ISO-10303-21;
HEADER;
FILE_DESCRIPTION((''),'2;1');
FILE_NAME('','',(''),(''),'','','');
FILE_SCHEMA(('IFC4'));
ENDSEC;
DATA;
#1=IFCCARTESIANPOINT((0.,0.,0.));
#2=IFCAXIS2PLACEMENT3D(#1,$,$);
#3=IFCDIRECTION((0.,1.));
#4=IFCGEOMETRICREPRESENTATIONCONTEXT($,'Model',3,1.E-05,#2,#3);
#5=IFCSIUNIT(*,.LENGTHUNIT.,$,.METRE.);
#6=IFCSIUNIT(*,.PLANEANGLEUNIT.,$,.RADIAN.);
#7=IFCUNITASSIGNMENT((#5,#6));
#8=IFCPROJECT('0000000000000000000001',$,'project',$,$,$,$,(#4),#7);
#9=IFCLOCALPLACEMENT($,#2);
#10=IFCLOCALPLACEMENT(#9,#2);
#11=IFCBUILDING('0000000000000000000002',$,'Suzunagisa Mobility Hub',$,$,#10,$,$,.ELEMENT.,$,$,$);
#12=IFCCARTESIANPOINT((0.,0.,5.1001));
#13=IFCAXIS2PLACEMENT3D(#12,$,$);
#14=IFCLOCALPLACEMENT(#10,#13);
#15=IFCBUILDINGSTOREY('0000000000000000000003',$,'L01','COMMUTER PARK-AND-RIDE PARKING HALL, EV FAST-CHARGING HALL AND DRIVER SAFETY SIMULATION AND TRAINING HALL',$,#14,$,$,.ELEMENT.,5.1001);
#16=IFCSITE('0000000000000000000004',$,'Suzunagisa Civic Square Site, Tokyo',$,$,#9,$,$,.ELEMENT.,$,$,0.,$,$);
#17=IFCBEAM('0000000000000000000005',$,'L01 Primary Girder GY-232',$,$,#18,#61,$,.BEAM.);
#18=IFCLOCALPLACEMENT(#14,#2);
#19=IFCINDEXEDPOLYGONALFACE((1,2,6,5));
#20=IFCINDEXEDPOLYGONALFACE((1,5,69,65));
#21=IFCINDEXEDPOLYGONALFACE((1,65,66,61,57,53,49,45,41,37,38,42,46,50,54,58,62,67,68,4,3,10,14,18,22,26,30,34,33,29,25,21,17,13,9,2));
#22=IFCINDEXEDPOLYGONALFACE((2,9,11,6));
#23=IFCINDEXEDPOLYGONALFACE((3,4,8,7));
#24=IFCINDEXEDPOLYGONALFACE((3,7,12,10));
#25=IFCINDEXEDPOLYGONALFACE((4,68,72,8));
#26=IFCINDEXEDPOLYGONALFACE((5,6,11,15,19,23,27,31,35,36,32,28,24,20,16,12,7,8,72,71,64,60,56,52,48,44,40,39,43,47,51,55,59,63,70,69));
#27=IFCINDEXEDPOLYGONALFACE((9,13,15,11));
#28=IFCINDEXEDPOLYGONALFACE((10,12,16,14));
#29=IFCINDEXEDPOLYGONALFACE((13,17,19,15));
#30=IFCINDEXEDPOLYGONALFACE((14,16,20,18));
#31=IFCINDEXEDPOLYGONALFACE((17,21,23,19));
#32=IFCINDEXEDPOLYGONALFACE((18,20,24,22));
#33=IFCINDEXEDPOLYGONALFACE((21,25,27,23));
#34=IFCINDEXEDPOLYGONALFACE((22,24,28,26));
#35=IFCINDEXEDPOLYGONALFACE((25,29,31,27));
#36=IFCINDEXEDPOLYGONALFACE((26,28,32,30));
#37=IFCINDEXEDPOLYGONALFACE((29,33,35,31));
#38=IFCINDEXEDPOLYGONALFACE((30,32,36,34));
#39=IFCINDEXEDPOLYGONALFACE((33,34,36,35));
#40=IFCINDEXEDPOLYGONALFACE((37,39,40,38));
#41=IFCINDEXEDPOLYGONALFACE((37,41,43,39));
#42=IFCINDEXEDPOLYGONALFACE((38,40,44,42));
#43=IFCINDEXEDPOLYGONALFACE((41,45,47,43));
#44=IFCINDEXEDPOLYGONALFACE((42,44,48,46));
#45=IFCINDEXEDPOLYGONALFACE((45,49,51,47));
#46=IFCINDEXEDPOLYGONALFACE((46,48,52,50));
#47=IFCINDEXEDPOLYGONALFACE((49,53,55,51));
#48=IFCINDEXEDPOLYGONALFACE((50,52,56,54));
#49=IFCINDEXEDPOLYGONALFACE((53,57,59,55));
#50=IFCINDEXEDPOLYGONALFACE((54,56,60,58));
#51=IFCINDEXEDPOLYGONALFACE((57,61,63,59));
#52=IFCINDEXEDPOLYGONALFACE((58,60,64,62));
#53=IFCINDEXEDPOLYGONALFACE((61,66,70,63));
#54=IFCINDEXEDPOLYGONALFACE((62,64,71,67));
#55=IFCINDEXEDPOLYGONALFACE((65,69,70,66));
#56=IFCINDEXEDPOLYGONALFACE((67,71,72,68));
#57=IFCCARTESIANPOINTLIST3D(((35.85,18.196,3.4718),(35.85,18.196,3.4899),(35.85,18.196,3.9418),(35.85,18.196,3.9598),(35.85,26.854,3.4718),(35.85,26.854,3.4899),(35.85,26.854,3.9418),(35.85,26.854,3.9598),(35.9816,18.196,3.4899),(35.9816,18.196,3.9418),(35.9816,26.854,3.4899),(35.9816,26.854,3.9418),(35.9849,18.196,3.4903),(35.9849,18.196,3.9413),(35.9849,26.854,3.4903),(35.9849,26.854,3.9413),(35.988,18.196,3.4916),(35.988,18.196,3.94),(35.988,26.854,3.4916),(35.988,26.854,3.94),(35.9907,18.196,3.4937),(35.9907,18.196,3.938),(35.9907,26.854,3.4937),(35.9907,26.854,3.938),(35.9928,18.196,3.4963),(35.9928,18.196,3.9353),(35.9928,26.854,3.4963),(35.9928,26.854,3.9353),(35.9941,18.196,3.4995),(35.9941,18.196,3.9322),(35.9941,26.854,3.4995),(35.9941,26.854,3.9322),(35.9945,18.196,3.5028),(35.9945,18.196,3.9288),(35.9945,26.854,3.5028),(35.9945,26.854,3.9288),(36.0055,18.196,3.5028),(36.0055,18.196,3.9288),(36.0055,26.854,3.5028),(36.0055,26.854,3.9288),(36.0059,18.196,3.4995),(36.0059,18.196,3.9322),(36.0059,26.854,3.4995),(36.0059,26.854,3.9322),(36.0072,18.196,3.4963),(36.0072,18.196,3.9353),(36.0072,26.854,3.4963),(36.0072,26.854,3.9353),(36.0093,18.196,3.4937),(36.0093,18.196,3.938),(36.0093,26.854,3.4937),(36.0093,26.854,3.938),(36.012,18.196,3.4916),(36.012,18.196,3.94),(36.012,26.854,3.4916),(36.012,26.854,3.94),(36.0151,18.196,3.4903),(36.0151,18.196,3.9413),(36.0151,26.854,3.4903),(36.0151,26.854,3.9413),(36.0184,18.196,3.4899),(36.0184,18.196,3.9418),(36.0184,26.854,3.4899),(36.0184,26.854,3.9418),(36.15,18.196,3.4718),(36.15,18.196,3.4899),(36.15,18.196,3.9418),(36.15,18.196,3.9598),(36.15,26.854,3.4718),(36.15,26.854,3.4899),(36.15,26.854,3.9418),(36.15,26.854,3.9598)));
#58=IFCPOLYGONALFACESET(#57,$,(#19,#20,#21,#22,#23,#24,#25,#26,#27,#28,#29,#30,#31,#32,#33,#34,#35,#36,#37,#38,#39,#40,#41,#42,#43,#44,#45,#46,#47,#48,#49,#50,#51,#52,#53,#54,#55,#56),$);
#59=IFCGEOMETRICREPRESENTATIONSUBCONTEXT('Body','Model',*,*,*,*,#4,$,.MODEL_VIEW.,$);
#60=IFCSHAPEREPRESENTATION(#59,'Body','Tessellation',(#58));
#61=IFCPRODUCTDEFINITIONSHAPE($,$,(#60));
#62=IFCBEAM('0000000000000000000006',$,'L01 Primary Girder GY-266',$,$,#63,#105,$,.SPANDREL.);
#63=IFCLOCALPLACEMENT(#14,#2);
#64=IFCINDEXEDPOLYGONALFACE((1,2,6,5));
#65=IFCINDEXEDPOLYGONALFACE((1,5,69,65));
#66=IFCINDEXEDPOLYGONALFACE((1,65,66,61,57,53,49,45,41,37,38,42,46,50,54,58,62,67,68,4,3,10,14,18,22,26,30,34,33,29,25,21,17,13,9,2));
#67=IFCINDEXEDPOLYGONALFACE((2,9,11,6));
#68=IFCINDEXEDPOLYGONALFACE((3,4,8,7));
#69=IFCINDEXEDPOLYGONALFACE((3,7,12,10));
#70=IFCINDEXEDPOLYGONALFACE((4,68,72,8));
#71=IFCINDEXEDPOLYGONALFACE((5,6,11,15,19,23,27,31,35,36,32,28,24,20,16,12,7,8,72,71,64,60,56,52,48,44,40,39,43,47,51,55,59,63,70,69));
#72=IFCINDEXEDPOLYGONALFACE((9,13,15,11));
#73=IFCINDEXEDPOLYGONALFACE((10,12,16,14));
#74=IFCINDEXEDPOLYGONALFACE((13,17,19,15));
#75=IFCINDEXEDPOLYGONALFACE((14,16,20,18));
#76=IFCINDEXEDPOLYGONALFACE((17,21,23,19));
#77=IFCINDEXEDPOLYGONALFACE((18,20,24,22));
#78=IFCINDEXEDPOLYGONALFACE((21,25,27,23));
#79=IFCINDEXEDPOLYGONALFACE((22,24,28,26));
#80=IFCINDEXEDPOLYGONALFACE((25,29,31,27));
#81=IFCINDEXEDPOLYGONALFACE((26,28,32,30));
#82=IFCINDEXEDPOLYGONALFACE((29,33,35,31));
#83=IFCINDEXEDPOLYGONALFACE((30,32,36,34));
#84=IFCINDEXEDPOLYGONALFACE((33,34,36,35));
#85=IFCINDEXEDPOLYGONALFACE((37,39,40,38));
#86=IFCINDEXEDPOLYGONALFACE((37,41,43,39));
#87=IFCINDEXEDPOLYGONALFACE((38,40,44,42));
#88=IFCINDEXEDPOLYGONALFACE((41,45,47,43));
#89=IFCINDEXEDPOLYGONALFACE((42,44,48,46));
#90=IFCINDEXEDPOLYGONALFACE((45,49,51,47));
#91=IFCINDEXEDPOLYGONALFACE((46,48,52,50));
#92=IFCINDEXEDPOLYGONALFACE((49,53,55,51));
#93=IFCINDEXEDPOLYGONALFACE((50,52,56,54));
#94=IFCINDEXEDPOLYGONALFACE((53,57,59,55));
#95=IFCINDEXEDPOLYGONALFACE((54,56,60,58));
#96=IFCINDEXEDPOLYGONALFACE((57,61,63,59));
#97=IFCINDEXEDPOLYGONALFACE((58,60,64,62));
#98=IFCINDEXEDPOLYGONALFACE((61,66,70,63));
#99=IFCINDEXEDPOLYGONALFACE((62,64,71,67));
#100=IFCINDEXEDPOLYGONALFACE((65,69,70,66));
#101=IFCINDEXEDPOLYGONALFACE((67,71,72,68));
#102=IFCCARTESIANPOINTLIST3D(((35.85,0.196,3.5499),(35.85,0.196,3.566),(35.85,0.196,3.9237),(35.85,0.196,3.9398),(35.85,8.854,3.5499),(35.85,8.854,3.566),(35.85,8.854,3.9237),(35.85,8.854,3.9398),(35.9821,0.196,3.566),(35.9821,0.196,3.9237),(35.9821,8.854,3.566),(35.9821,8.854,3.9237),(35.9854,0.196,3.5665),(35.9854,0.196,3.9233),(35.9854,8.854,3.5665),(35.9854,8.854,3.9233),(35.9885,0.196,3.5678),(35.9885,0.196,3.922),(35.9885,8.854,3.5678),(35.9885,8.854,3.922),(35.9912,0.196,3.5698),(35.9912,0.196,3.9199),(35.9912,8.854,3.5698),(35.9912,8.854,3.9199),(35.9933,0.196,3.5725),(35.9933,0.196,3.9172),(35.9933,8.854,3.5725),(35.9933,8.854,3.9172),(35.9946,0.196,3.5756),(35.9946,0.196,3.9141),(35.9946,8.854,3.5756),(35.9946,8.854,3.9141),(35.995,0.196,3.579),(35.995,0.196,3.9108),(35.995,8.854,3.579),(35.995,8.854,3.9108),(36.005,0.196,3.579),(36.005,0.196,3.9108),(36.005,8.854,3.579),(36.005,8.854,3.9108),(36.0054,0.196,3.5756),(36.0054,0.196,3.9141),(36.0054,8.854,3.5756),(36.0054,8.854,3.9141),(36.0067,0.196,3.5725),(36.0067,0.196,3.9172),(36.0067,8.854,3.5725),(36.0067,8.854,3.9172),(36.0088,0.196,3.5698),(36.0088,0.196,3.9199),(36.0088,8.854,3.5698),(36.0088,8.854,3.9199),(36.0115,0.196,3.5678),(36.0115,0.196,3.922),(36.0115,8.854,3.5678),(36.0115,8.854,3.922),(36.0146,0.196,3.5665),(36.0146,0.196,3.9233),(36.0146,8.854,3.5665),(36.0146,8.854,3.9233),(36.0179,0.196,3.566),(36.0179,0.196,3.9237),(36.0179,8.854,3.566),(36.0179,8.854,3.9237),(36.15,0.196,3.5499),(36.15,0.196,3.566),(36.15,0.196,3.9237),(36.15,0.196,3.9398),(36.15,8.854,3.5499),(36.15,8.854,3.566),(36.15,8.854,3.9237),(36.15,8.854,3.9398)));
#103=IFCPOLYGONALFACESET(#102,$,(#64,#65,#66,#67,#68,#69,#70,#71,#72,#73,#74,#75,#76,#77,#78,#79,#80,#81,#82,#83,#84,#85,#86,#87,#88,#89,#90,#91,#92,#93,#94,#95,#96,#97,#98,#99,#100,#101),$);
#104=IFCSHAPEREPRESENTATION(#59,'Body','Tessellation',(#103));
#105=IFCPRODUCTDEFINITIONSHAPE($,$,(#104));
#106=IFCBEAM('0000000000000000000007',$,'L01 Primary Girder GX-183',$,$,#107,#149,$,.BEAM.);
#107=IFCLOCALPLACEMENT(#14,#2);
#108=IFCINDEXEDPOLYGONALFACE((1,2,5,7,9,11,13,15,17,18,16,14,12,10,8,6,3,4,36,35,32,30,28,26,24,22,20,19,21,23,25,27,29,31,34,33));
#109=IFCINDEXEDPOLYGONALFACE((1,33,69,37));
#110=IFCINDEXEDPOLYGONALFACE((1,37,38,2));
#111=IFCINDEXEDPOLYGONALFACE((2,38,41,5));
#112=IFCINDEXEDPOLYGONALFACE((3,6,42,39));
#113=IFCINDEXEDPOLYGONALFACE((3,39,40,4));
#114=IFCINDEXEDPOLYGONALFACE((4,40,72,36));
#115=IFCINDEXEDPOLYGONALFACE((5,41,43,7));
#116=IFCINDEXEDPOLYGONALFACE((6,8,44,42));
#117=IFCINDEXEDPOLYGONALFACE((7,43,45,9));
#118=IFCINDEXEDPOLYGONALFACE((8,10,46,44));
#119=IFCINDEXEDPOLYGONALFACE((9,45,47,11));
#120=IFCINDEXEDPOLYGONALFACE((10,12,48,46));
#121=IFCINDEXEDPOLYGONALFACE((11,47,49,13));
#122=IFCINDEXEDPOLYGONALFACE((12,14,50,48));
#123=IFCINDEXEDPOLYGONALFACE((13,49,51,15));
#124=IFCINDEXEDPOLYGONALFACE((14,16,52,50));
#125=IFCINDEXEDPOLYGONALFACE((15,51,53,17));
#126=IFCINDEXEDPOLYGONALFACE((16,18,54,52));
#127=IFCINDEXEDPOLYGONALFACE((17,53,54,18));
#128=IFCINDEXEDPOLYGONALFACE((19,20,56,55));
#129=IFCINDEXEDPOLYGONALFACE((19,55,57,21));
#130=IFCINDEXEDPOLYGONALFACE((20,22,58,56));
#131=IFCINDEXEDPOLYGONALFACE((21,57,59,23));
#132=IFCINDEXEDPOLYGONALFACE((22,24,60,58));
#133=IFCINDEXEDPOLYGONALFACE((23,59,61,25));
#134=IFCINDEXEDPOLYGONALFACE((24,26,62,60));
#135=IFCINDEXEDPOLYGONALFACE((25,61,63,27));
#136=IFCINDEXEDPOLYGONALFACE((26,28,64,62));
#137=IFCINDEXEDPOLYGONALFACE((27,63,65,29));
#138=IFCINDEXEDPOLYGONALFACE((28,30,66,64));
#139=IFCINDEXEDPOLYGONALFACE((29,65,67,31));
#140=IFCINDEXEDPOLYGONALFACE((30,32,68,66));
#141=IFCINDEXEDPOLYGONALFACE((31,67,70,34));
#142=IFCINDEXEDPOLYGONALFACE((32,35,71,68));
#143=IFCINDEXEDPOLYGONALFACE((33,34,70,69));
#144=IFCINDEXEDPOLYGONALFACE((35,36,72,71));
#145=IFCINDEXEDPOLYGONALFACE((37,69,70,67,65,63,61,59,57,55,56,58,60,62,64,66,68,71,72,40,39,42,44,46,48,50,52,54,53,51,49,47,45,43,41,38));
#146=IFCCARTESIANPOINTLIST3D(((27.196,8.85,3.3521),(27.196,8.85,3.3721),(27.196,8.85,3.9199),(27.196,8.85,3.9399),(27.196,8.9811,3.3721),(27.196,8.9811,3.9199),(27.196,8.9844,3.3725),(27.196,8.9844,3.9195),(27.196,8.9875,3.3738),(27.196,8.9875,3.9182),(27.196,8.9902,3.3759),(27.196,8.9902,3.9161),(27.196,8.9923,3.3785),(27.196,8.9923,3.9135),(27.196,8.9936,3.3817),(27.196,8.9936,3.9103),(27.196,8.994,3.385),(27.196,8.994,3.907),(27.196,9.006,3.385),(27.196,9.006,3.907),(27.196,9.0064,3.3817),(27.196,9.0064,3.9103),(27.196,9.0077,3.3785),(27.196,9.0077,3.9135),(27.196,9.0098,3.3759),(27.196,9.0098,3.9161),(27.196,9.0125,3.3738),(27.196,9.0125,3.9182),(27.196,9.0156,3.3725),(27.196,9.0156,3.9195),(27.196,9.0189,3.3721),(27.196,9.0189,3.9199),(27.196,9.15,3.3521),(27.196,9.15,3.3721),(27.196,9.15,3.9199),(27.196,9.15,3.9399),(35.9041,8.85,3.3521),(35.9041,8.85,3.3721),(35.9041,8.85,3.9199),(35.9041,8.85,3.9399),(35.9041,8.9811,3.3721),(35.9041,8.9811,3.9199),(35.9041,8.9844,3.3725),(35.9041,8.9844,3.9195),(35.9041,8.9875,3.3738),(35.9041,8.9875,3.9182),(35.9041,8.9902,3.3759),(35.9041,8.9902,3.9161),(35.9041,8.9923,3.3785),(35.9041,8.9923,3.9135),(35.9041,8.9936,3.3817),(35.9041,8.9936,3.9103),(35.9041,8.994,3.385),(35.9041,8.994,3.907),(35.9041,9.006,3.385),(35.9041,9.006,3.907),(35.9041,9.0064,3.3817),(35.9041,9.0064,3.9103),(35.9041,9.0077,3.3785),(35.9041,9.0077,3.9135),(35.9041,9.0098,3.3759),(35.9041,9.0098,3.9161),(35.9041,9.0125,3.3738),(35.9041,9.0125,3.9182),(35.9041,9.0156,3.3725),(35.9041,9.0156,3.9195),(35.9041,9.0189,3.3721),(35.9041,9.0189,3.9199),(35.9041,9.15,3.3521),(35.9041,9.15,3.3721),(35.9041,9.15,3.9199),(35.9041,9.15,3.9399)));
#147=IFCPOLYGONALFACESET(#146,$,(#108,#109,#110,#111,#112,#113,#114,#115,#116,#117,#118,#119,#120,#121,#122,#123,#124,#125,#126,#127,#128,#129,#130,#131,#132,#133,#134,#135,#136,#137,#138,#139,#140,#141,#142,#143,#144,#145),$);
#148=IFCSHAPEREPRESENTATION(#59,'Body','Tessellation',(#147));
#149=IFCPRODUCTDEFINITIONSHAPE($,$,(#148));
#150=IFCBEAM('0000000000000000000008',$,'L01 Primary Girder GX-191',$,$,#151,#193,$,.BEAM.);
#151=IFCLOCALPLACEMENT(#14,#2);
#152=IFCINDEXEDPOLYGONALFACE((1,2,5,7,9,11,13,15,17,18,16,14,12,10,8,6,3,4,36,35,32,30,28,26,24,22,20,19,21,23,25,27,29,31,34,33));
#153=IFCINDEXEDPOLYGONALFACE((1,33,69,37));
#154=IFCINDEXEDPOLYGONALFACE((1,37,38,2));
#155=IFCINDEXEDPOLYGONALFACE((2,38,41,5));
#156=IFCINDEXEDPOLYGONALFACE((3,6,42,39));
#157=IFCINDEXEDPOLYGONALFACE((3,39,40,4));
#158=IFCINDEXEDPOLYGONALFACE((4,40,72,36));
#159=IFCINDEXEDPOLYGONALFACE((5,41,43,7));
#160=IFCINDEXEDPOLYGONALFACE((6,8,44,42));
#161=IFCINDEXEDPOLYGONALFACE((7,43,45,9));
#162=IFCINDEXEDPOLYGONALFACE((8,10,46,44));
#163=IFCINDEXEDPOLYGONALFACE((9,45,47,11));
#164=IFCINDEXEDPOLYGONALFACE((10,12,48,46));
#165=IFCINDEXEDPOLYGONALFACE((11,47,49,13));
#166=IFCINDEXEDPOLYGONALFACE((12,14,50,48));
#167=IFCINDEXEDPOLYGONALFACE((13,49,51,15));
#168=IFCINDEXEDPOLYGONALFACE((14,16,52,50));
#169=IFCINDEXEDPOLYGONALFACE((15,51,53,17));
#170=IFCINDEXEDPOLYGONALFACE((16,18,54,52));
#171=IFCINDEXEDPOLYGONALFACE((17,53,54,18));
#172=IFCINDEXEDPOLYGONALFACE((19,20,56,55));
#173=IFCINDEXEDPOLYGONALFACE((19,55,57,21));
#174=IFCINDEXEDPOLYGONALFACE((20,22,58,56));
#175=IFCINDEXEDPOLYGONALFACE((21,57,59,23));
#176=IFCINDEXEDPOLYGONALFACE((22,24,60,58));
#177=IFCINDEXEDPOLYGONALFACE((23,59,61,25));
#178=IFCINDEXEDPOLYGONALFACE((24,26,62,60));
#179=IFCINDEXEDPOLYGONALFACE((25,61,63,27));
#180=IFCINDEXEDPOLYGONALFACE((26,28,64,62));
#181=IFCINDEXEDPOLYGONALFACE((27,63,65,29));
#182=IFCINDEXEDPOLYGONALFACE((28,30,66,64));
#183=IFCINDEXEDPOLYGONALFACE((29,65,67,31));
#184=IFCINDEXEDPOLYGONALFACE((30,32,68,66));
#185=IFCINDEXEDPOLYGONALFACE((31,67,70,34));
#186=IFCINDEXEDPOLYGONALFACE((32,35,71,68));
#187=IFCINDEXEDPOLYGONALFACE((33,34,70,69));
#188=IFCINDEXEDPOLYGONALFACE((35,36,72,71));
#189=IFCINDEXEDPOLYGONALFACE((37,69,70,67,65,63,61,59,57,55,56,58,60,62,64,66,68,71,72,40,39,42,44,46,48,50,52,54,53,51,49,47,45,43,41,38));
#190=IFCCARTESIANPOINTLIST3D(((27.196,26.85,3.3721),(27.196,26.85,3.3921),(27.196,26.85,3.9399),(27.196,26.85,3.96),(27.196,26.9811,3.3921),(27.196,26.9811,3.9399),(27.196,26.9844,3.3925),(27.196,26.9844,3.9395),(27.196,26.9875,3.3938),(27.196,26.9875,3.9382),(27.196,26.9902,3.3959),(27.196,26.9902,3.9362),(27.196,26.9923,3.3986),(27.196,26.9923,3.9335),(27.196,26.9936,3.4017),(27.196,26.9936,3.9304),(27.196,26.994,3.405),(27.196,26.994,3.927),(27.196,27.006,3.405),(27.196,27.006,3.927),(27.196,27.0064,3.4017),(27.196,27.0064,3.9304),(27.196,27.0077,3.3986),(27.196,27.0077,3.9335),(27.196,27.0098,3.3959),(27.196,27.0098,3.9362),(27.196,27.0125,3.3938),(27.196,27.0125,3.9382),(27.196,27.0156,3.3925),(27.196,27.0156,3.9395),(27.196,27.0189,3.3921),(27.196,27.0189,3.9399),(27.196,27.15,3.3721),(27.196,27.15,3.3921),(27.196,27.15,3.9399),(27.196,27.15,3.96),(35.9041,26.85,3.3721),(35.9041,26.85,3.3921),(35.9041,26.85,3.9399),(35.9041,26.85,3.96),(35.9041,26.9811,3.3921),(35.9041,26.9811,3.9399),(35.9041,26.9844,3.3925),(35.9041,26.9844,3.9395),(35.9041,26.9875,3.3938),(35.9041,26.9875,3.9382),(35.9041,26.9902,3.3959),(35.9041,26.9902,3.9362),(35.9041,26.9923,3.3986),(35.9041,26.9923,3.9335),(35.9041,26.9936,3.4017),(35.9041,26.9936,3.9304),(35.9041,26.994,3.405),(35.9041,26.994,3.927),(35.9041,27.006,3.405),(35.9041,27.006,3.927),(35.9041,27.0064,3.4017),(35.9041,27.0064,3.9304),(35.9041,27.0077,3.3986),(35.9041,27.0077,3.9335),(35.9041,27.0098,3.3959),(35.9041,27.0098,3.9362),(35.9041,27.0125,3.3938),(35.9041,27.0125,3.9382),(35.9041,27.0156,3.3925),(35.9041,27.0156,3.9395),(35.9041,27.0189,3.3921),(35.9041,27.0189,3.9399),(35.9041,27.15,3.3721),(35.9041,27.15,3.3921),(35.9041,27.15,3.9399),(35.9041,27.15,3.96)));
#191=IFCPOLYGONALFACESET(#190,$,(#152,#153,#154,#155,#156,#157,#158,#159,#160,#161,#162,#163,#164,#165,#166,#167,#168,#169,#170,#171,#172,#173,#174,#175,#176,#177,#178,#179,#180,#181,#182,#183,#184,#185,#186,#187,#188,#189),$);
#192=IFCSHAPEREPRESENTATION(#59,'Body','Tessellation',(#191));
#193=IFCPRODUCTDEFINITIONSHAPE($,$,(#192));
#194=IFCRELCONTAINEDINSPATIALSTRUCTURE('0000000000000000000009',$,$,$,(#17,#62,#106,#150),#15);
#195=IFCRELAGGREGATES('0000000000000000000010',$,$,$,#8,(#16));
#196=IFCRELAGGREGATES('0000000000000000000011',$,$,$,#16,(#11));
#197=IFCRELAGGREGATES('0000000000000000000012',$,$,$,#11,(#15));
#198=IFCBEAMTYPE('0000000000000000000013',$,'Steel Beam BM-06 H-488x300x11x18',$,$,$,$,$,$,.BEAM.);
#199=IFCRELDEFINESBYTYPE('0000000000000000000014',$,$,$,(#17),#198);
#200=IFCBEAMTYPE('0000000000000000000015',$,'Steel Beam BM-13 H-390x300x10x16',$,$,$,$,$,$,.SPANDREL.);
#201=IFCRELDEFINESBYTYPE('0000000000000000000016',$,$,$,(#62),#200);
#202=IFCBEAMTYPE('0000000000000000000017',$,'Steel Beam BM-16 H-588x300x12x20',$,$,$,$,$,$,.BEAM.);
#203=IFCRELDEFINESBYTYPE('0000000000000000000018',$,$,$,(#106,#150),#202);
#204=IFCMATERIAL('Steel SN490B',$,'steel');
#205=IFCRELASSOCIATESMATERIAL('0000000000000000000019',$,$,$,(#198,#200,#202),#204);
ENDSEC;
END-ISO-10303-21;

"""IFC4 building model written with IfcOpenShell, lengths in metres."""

from ifc_helpers import new_model, si_unit, direction, frame, origin, origin_2d, place, context, subcontext, project, spatial, i_section, extrude, material, material_profile, profile_set, type_object, element, save


model = new_model("IFC4")

# Units and contexts
model_context = context("Model", 3, precision=1e-05, world=origin(), true_north=direction((0.0, 1.0)))
body_context = subcontext(model_context, "Body", "Model", "MODEL_VIEW")
ifc_project = project(units=[si_unit("LENGTHUNIT", "METRE"), si_unit("PLANEANGLEUNIT", "RADIAN")], contexts=[model_context])

# Site, building, storey
site_placement = place(None, origin())
site = spatial("IfcSite", under=ifc_project, at=site_placement, Name="Suzunagisa Civic Square Site, Tokyo", CompositionType="ELEMENT", RefElevation=0.0)
building_placement = place(site_placement, origin())
building = spatial("IfcBuilding", under=site, at=building_placement, Name="Suzunagisa Mobility Hub", CompositionType="ELEMENT")
storey_placement = place(building_placement, frame((0.0, 0.0, 5.1001)))
storey = spatial("IfcBuildingStorey", under=building, at=storey_placement, Name="L01", Description="COMMUTER PARK-AND-RIDE PARKING HALL, EV FAST-CHARGING HALL AND DRIVER SAFETY SIMULATION AND TRAINING HALL", CompositionType="ELEMENT", Elevation=5.1001)

# Shared definitions
ifc_material_1 = material(Name="Steel SN490B", Category="steel")

# Beams
ifc_material_profile_1 = material_profile(ifc_material_1, i_section(OverallWidth=0.3, OverallDepth=0.488, WebThickness=0.011, FlangeThickness=0.0181, FilletRadius=0.0129, at=origin_2d()), Name="H-488x300x11x18")
ifc_profile_set_1 = profile_set([ifc_material_profile_1], Name="Steel SN490B")
beam_type_1 = type_object("IfcBeamType", Name="Steel Beam BM-06 H-488x300x11x18", PredefinedType="BEAM", material=ifc_profile_set_1)
for number, where, z_axis, x_axis, name in (
    (1, (36.0, 18.196, 3.7158), (0.0, 1.0, 0.0), (-1.0, 0.0, 0.0), "L01 Primary Girder GY-232"),
):
    element("IfcBeam", number, at=place(storey_placement, frame(where, z_axis=z_axis, x_axis=x_axis)), inside=storey, type_object=beam_type_1, Name=name, PredefinedType="BEAM", context=body_context, shape_type="SweptSolid", body=[
        extrude(i_section(OverallWidth=0.3, OverallDepth=0.488, WebThickness=0.011, FlangeThickness=0.0181, FilletRadius=0.0129, at=origin_2d()), origin(), (0.0, 0.0, 1.0), 8.658),
    ])
ifc_material_profile_2 = material_profile(ifc_material_1, i_section(OverallWidth=0.3, OverallDepth=0.3899, WebThickness=0.01, FlangeThickness=0.0161, FilletRadius=0.0129, at=origin_2d()), Name="H-390x300x10x16")
ifc_profile_set_2 = profile_set([ifc_material_profile_2], Name="Steel SN490B")
beam_type_2 = type_object("IfcBeamType", Name="Steel Beam BM-13 H-390x300x10x16", PredefinedType="SPANDREL", material=ifc_profile_set_2)
beam_1_placement = place(storey_placement, frame((36.0, 0.196, 3.7449), z_axis=(0.0, 1.0, 0.0), x_axis=(-1.0, 0.0, 0.0)))
element("IfcBeam", 2, at=beam_1_placement, inside=storey, type_object=beam_type_2, Name="L01 Primary Girder GY-266", PredefinedType="SPANDREL", context=body_context, shape_type="SweptSolid", body=[
    extrude(i_section(OverallWidth=0.3, OverallDepth=0.3899, WebThickness=0.01, FlangeThickness=0.0161, FilletRadius=0.0129, at=origin_2d()), origin(), (0.0, 0.0, 1.0), 8.658),
])
ifc_material_profile_3 = material_profile(ifc_material_1, i_section(OverallWidth=0.3, OverallDepth=0.5879, WebThickness=0.012, FlangeThickness=0.02, FilletRadius=0.0129, at=origin_2d()), Name="H-588x300x12x20")
ifc_profile_set_3 = profile_set([ifc_material_profile_3], Name="Steel SN490B")
beam_type_3 = type_object("IfcBeamType", Name="Steel Beam BM-16 H-588x300x12x20", PredefinedType="BEAM", material=ifc_profile_set_3)
for number, where, z_axis, x_axis, name in (
    (3, (27.196, 9.0, 3.646), (1.0, 0.0, 0.0), (0.0, 1.0, 0.0), "L01 Primary Girder GX-183"),
    (4, (27.196, 27.0, 3.666), (1.0, 0.0, 0.0), (0.0, 1.0, 0.0), "L01 Primary Girder GX-191"),
):
    element("IfcBeam", number, at=place(storey_placement, frame(where, z_axis=z_axis, x_axis=x_axis)), inside=storey, type_object=beam_type_3, Name=name, PredefinedType="BEAM", context=body_context, shape_type="SweptSolid", body=[
        extrude(i_section(OverallWidth=0.3, OverallDepth=0.5879, WebThickness=0.012, FlangeThickness=0.02, FilletRadius=0.0129, at=origin_2d()), origin(), (0.0, 0.0, 1.0), 8.708),
    ])

save(model, "model.ifc")
